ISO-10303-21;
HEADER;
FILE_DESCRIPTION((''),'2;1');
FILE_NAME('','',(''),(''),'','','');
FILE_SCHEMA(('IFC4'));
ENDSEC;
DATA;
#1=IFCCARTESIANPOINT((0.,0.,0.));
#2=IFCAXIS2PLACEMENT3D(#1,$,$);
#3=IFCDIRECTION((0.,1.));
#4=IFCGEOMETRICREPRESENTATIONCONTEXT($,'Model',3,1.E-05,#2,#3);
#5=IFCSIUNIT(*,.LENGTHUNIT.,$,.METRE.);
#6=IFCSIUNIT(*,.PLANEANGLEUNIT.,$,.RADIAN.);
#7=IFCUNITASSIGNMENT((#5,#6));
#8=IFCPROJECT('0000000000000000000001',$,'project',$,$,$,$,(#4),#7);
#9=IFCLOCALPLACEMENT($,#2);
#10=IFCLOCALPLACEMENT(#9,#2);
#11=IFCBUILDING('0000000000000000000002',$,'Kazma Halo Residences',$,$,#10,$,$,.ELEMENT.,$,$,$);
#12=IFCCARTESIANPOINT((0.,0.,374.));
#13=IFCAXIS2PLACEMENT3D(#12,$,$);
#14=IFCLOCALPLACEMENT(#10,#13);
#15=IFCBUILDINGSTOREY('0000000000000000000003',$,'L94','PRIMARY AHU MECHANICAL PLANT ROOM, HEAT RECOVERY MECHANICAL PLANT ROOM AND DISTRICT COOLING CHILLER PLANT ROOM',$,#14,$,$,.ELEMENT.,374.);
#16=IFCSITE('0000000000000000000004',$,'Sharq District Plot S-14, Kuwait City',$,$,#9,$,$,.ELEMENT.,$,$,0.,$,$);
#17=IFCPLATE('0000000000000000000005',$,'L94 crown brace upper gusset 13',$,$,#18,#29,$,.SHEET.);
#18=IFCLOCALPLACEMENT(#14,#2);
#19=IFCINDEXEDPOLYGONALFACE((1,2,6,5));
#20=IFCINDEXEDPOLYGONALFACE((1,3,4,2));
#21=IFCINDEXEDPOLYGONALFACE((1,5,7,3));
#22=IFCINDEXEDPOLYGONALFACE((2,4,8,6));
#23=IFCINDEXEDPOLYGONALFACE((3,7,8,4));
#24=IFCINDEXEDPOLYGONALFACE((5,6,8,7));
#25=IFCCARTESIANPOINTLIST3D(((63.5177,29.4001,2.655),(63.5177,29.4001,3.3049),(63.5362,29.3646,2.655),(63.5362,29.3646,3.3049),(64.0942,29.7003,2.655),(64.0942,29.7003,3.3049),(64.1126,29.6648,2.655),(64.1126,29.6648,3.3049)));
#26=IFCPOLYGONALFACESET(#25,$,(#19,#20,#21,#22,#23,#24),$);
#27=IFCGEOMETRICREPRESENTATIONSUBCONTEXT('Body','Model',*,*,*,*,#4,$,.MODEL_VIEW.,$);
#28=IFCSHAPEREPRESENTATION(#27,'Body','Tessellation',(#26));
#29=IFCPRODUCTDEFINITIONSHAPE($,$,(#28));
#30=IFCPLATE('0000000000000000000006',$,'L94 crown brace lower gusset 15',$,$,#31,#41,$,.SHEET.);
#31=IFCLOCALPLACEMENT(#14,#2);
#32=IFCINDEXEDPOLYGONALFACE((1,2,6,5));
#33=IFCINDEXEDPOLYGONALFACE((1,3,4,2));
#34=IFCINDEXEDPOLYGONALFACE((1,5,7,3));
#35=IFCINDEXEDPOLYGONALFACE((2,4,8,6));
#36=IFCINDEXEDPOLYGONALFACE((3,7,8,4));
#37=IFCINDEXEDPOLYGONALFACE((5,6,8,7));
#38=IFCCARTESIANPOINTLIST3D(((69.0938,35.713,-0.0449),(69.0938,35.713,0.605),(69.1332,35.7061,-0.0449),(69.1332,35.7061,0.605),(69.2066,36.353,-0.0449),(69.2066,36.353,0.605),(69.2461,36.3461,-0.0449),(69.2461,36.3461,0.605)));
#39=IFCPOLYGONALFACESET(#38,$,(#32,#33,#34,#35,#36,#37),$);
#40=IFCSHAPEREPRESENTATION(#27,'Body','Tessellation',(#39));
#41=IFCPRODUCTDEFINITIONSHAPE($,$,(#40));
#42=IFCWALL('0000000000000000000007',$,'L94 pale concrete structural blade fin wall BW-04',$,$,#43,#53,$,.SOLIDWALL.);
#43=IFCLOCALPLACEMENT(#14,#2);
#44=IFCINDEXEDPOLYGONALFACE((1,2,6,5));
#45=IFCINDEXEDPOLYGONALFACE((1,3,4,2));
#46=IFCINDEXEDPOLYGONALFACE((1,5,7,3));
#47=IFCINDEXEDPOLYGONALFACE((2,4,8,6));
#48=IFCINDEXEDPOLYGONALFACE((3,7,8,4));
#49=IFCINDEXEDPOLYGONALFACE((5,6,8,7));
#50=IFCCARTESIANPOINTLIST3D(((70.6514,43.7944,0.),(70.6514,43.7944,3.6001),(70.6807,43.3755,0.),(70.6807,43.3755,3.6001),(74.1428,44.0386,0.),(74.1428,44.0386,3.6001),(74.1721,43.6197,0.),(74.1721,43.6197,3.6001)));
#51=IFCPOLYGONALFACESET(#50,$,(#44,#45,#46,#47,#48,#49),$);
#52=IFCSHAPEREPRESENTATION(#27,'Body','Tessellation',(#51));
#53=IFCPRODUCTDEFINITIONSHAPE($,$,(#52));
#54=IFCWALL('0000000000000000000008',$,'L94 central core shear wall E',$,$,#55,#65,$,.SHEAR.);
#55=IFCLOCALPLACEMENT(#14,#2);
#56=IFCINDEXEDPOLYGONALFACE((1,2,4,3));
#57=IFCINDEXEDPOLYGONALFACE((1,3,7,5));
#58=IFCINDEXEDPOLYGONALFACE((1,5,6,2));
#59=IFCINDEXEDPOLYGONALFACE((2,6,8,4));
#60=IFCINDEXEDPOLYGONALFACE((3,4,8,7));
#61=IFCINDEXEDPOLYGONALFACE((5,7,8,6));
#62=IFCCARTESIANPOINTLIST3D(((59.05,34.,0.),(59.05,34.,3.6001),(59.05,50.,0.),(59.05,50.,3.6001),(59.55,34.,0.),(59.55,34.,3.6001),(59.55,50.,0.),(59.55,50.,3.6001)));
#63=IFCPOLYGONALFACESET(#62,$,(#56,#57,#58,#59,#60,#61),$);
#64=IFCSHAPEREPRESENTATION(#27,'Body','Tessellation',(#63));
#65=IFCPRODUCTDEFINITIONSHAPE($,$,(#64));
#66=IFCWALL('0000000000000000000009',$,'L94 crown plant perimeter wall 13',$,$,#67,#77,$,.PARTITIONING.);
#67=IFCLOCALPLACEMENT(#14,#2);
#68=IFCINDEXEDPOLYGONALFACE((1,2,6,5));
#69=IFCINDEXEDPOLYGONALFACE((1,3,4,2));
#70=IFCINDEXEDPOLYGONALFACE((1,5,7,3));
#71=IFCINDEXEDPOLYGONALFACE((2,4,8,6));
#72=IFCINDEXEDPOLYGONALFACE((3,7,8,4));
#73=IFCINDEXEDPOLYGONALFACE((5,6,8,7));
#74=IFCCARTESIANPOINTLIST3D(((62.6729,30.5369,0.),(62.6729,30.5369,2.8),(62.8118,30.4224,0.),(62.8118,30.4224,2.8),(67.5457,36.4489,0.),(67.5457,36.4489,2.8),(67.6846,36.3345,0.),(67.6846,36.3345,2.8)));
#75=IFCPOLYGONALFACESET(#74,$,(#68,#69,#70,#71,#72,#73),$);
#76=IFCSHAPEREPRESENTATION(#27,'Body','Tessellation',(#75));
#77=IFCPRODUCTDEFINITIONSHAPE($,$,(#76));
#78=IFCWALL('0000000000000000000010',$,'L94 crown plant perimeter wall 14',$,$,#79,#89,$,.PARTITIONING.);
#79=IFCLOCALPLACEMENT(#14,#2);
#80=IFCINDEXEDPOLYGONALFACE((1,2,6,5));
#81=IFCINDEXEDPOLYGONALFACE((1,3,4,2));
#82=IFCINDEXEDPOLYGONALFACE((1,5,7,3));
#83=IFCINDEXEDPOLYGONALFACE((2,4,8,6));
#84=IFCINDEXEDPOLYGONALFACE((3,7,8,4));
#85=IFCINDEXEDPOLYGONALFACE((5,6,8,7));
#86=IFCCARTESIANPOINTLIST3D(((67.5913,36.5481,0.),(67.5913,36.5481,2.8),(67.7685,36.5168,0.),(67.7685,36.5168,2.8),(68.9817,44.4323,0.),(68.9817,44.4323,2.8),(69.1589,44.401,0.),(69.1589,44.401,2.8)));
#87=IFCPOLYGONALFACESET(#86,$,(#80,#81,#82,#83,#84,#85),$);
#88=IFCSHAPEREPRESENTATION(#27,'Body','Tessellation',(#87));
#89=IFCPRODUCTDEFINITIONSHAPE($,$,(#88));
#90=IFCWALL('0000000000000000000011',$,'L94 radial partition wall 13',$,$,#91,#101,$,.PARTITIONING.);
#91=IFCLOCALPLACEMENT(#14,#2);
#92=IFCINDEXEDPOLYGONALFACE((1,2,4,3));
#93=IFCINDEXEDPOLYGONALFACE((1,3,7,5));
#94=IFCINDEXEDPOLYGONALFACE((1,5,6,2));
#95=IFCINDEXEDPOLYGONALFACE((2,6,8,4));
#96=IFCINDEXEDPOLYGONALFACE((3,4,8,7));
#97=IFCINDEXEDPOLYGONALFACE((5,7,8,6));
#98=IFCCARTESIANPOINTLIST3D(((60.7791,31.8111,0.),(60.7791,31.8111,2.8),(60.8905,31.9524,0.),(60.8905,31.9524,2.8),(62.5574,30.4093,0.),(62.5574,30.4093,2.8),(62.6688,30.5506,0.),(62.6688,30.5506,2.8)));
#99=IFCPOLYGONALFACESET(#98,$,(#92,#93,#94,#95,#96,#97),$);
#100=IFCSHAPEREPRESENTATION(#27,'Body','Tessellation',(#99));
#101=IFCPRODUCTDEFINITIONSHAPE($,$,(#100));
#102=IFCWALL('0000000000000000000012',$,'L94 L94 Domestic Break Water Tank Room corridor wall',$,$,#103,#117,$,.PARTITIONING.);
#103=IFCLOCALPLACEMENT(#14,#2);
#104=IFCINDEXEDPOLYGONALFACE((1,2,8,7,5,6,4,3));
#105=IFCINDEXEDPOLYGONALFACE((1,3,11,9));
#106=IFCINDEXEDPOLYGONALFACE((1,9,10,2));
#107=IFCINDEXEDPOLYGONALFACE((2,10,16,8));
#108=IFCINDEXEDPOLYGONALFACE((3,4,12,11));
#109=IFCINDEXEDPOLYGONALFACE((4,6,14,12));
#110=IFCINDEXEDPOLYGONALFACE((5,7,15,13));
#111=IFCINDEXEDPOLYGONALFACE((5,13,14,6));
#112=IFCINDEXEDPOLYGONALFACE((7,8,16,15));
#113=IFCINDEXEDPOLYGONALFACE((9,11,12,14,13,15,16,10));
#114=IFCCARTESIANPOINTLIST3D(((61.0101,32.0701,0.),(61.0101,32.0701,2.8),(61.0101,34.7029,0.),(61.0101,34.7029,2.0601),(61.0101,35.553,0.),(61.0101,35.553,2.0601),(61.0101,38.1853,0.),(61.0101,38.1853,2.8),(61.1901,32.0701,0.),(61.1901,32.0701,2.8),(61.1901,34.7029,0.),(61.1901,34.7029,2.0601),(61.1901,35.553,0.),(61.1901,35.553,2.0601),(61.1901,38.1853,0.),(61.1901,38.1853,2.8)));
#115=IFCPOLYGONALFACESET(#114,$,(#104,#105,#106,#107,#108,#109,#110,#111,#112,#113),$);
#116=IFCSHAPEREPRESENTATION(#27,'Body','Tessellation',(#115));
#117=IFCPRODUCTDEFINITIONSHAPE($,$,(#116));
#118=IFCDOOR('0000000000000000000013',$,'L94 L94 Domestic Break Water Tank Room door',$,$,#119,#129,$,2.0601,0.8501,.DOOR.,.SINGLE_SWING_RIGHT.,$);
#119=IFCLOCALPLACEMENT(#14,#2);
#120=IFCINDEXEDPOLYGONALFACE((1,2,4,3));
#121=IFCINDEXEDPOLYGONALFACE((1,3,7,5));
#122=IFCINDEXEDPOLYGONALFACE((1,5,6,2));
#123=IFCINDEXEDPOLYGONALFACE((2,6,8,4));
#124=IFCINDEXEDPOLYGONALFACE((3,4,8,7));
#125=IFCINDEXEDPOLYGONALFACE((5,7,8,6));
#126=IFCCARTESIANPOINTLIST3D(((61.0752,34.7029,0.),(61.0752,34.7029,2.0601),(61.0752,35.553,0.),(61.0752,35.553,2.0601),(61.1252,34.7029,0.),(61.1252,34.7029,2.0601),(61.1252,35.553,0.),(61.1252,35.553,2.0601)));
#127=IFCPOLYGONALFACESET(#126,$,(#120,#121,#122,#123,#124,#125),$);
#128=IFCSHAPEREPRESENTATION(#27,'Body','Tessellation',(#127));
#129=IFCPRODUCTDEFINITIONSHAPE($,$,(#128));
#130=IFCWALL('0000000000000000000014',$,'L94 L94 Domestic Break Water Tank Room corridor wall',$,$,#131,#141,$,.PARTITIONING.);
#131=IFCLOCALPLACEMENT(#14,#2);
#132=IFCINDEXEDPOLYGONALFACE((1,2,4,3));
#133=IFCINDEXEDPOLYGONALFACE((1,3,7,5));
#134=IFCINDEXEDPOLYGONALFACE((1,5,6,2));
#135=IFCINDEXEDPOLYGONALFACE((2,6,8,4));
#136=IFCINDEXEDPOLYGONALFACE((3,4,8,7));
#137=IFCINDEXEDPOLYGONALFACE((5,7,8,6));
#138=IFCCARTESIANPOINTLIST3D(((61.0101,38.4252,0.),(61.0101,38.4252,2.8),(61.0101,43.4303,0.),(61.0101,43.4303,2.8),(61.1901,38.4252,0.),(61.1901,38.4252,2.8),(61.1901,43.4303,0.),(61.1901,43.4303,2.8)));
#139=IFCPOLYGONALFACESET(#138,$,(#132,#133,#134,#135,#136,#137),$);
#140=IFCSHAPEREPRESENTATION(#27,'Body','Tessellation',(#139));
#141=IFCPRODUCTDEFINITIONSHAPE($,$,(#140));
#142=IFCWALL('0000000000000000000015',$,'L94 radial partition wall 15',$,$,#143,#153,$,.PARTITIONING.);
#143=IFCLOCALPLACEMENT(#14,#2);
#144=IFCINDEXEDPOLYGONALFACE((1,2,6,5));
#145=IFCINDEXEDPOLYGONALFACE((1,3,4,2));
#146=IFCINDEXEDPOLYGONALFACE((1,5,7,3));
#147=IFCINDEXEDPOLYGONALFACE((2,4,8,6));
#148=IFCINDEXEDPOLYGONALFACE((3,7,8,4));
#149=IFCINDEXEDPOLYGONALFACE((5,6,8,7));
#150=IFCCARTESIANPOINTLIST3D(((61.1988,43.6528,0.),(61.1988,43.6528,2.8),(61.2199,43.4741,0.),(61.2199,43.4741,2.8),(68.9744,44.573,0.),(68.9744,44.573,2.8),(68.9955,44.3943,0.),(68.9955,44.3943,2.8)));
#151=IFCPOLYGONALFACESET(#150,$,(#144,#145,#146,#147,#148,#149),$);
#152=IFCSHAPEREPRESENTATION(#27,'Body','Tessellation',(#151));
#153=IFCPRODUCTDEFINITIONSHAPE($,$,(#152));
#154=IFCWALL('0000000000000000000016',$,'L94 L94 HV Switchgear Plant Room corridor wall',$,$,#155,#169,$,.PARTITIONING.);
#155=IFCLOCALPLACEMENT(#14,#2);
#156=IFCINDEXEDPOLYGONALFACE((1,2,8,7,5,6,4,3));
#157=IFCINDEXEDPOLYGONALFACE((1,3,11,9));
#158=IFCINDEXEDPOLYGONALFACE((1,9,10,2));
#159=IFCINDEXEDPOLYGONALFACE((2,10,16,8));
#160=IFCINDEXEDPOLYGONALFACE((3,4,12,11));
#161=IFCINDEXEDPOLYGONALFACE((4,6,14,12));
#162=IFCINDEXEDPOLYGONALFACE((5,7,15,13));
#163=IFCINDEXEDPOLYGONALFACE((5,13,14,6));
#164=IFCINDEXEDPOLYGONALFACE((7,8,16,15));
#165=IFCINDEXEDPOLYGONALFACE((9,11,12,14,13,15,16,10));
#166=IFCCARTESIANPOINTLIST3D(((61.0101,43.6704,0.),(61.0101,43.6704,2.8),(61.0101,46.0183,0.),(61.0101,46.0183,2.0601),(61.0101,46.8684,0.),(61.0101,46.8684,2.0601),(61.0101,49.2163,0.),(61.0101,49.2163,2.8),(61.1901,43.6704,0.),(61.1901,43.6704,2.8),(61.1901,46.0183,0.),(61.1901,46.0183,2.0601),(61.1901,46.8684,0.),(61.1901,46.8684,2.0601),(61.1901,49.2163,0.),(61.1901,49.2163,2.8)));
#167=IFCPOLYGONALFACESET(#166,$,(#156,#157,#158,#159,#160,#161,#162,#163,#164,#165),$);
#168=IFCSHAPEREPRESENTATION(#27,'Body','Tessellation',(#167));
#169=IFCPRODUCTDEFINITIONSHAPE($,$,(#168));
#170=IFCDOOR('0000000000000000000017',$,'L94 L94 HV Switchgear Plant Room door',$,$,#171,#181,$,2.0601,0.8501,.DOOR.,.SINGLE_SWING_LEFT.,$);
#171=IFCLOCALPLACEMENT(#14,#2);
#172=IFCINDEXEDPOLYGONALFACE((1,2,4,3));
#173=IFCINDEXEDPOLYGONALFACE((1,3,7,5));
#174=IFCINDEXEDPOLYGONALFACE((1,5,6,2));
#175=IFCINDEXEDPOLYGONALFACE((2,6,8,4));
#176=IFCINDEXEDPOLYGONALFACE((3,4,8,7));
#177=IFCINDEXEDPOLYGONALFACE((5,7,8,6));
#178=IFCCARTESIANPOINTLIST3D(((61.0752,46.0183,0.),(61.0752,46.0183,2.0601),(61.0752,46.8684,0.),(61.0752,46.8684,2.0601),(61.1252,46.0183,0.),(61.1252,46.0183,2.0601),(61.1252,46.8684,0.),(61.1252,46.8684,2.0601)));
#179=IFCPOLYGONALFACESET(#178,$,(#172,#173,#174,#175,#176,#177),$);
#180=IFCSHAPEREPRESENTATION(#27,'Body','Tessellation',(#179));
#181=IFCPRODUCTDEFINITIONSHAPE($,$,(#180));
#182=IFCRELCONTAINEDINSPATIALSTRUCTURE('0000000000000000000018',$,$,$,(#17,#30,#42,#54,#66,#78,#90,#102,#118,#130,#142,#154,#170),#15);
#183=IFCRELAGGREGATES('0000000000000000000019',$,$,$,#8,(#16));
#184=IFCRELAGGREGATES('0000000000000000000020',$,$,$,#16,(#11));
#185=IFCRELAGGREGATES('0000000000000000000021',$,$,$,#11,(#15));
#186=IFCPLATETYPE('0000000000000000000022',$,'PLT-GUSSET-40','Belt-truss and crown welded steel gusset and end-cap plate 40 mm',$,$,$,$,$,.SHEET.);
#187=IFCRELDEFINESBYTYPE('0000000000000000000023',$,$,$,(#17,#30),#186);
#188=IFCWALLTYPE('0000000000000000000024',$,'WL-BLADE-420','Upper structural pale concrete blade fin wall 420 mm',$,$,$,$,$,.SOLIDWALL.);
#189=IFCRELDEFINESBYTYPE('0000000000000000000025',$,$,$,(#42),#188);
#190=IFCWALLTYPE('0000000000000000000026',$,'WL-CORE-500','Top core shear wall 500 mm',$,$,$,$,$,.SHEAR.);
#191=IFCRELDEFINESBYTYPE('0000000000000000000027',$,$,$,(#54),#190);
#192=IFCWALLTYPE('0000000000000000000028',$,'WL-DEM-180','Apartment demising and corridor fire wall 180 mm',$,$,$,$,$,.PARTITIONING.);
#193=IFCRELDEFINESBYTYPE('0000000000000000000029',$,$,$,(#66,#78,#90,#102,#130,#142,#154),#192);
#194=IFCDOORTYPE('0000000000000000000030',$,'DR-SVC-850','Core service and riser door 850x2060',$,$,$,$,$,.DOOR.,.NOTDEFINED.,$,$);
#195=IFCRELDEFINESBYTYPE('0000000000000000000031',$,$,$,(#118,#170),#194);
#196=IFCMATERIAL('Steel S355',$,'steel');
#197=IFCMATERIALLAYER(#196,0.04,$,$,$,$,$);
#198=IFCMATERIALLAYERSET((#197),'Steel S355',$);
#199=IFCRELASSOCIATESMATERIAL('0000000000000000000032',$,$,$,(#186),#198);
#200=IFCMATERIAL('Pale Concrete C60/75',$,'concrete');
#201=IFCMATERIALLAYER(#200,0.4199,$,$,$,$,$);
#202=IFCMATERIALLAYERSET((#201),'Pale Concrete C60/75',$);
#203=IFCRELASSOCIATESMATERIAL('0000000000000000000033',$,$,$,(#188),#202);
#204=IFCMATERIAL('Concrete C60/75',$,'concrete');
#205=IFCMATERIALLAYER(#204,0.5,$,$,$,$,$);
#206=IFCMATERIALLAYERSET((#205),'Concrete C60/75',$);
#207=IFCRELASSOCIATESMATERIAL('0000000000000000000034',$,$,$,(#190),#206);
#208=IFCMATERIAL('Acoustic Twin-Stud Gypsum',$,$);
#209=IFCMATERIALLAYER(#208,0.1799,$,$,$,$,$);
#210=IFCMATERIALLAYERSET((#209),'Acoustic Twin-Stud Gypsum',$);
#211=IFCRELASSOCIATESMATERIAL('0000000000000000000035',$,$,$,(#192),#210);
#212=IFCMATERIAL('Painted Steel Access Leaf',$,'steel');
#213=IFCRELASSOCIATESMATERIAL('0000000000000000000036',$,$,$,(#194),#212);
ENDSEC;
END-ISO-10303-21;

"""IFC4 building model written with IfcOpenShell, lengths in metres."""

from ifc_helpers import new_model, si_unit, direction, frame, frame_2d, origin, origin_2d, place, context, subcontext, project, spatial, rectangle, extrude, material, layer, layer_set, type_object, element, fill, save


model = new_model("IFC4")

# Units and contexts
model_context = context("Model", 3, precision=1e-05, world=origin(), true_north=direction((0.0, 1.0)))
body_context = subcontext(model_context, "Body", "Model", "MODEL_VIEW")
ifc_project = project(units=[si_unit("LENGTHUNIT", "METRE"), si_unit("PLANEANGLEUNIT", "RADIAN")], contexts=[model_context])

# Site, building, storey
site_placement = place(None, origin())
site = spatial("IfcSite", under=ifc_project, at=site_placement, Name="Sharq District Plot S-14, Kuwait City", CompositionType="ELEMENT", RefElevation=0.0)
building_placement = place(site_placement, origin())
building = spatial("IfcBuilding", under=site, at=building_placement, Name="Kazma Halo Residences", CompositionType="ELEMENT")
storey_placement = place(building_placement, frame((0.0, 0.0, 374.0)))
storey = spatial("IfcBuildingStorey", under=building, at=storey_placement, Name="L94", Description="PRIMARY AHU MECHANICAL PLANT ROOM, HEAT RECOVERY MECHANICAL PLANT ROOM AND DISTRICT COOLING CHILLER PLANT ROOM", CompositionType="ELEMENT", Elevation=374.0)

# Shared definitions
ifc_material_1 = material(Name="Steel S355", Category="steel")

# Plates
ifc_layer_1 = layer(ifc_material_1, 0.04)
ifc_layer_set_1 = layer_set([ifc_layer_1], Name="Steel S355")
plate_type_1 = type_object("IfcPlateType", Name="PLT-GUSSET-40", Description="Belt-truss and crown welded steel gusset and end-cap plate 40 mm", PredefinedType="SHEET", material=ifc_layer_set_1)
for number, where, z_axis, x_axis, name in (
    (1, (63.8152, 29.5325, 2.655), (0.0, 0.0, 1.0), (0.88695, 0.461866, 0.0), "L94 crown brace upper gusset 13"),
    (2, (69.1699, 36.0295, -0.0449), (0.0, 0.0, 1.0), (0.173656, 0.984806, 0.0), "L94 crown brace lower gusset 15"),
):
    element("IfcPlate", number, at=place(storey_placement, frame(where, z_axis=z_axis, x_axis=x_axis)), inside=storey, type_object=plate_type_1, Name=name, PredefinedType="SHEET", context=body_context, shape_type="SweptSolid", body=[
        extrude(rectangle(XDim=0.6499, YDim=0.04, at=origin_2d()), origin(), (0.0, 0.0, 1.0), 0.6499),
    ])

# Walls
ifc_material_2 = material(Name="Pale Concrete C60/75", Category="concrete")
ifc_layer_2 = layer(ifc_material_2, 0.4199)
ifc_layer_set_2 = layer_set([ifc_layer_2], Name="Pale Concrete C60/75")
wall_type_1 = type_object("IfcWallType", Name="WL-BLADE-420", Description="Upper structural pale concrete blade fin wall 420 mm", PredefinedType="SOLIDWALL", material=ifc_layer_set_2)
wall_1_placement = place(storey_placement, frame((70.666, 43.585, 0.0), z_axis=(0.0, 0.0, 1.0), x_axis=(0.997564, 0.069755, 0.0)))
element("IfcWall", 3, at=wall_1_placement, inside=storey, type_object=wall_type_1, Name="L94 pale concrete structural blade fin wall BW-04", PredefinedType="SOLIDWALL", context=body_context, shape_type="SweptSolid", body=[
    extrude(rectangle(XDim=3.5, YDim=0.4199, at=frame_2d((1.75, 0.0))), origin(), (0.0, 0.0, 1.0), 3.6001),
])
ifc_material_3 = material(Name="Concrete C60/75", Category="concrete")
ifc_layer_3 = layer(ifc_material_3, 0.5)
ifc_layer_set_3 = layer_set([ifc_layer_3], Name="Concrete C60/75")
wall_type_2 = type_object("IfcWallType", Name="WL-CORE-500", Description="Top core shear wall 500 mm", PredefinedType="SHEAR", material=ifc_layer_set_3)
wall_2_placement = place(storey_placement, frame((59.3, 34.0, 0.0), z_axis=(0.0, 0.0, 1.0), x_axis=(0.0, 1.0, 0.0)))
element("IfcWall", 4, at=wall_2_placement, inside=storey, type_object=wall_type_2, Name="L94 central core shear wall E", PredefinedType="SHEAR", context=body_context, shape_type="SweptSolid", body=[
    extrude(rectangle(XDim=16.0, YDim=0.5, at=frame_2d((8.0, 0.0))), origin(), (0.0, 0.0, 1.0), 3.6001),
])
ifc_material_4 = material(Name="Acoustic Twin-Stud Gypsum")
ifc_layer_4 = layer(ifc_material_4, 0.1799)
ifc_layer_set_4 = layer_set([ifc_layer_4], Name="Acoustic Twin-Stud Gypsum")
wall_type_3 = type_object("IfcWallType", Name="WL-DEM-180", Description="Apartment demising and corridor fire wall 180 mm", PredefinedType="PARTITIONING", material=ifc_layer_set_4)
wall_3_placement = place(storey_placement, frame((62.7424, 30.4797, 0.0), z_axis=(0.0, 0.0, 1.0), x_axis=(0.636019, 0.771674, 0.0)))
element("IfcWall", 5, at=wall_3_placement, inside=storey, type_object=wall_type_3, Name="L94 crown plant perimeter wall 13", PredefinedType="PARTITIONING", context=body_context, shape_type="SweptSolid", body=[
    extrude(rectangle(XDim=7.6614, YDim=0.1799, at=frame_2d((3.8306, 0.0))), origin(), (0.0, 0.0, 1.0), 2.8),
])
wall_4_placement = place(storey_placement, frame((67.6799, 36.5325, 0.0), z_axis=(0.0, 0.0, 1.0), x_axis=(0.173669, 0.984804, 0.0)))
element("IfcWall", 6, at=wall_4_placement, inside=storey, type_object=wall_type_3, Name="L94 crown plant perimeter wall 14", PredefinedType="PARTITIONING", context=body_context, shape_type="SweptSolid", body=[
    extrude(rectangle(XDim=8.0059, YDim=0.1799, at=frame_2d((4.0029, 0.0))), origin(), (0.0, 0.0, 1.0), 2.8),
])
wall_5_placement = place(storey_placement, frame((60.8347, 31.8818, 0.0), z_axis=(0.0, 0.0, 1.0), x_axis=(0.78533, -0.619078, 0.0)))
element("IfcWall", 7, at=wall_5_placement, inside=storey, type_object=wall_type_3, Name="L94 radial partition wall 13", PredefinedType="PARTITIONING", context=body_context, shape_type="SweptSolid", body=[
    extrude(rectangle(XDim=2.2644, YDim=0.1799, at=frame_2d((1.1323, 0.0))), origin(), (0.0, 0.0, 1.0), 2.8),
])

# Wall, opening, door
wall_6_placement = place(storey_placement, frame((61.1001, 32.0701, 0.0), z_axis=(0.0, 0.0, 1.0), x_axis=(0.0, 1.0, 0.0)))
wall_6 = element("IfcWall", 8, at=wall_6_placement, inside=storey, type_object=wall_type_3, Name="L94 L94 Domestic Break Water Tank Room corridor wall", PredefinedType="PARTITIONING", context=body_context, shape_type="SweptSolid", body=[
    extrude(rectangle(XDim=6.1152, YDim=0.1799, at=frame_2d((3.0576, 0.0))), origin(), (0.0, 0.0, 1.0), 2.8),
])
opening_1_placement = place(wall_6_placement, frame((2.6328, 0.0, 0.0)))
opening_1 = element("IfcOpeningElement", 9, at=opening_1_placement, cuts=wall_6, PredefinedType="OPENING", context=body_context, shape_type="SweptSolid", body=[
    extrude(rectangle(XDim=0.8501, YDim=2.0601, at=frame_2d((0.425, 1.03))), frame((0.0, 0.0999, 0.0), z_axis=(0.0, -1.0, 0.0), x_axis=(1.0, 0.0, 0.0)), (0.0, 0.0, 1.0), 0.2),
])
ifc_material_5 = material(Name="Painted Steel Access Leaf", Category="steel")
door_type = type_object("IfcDoorType", Name="DR-SVC-850", Description="Core service and riser door 850x2060", OperationType="NOTDEFINED", PredefinedType="DOOR", material=ifc_material_5)
door_1_placement = place(opening_1_placement, origin())
door_1 = element("IfcDoor", 10, at=door_1_placement, inside=storey, type_object=door_type, Name="L94 L94 Domestic Break Water Tank Room door", OperationType="SINGLE_SWING_RIGHT", OverallHeight=2.0601, OverallWidth=0.8501, PredefinedType="DOOR", context=body_context, shape_type="SweptSolid", body=[
    extrude(rectangle(XDim=0.8501, YDim=2.0601, at=frame_2d((0.425, 1.03))), frame((0.0, 0.0249, 0.0), z_axis=(0.0, -1.0, 0.0), x_axis=(1.0, 0.0, 0.0)), (0.0, 0.0, 1.0), 0.05),
])
fill(opening_1, door_1)

# Walls
wall_7_placement = place(storey_placement, frame((61.1001, 38.4253, 0.0), z_axis=(0.0, 0.0, 1.0), x_axis=(0.0, 1.0, 0.0)))
element("IfcWall", 11, at=wall_7_placement, inside=storey, type_object=wall_type_3, Name="L94 L94 Domestic Break Water Tank Room corridor wall", PredefinedType="PARTITIONING", context=body_context, shape_type="SweptSolid", body=[
    extrude(rectangle(XDim=5.0051, YDim=0.1799, at=frame_2d((2.5024, 0.0))), origin(), (0.0, 0.0, 1.0), 2.8),
])
wall_8_placement = place(storey_placement, frame((61.2092, 43.5635, 0.0), z_axis=(0.0, 0.0, 1.0), x_axis=(0.993071, 0.11752, 0.0)))
element("IfcWall", 12, at=wall_8_placement, inside=storey, type_object=wall_type_3, Name="L94 radial partition wall 15", PredefinedType="PARTITIONING", context=body_context, shape_type="SweptSolid", body=[
    extrude(rectangle(XDim=7.8298, YDim=0.1799, at=frame_2d((3.915, 0.0))), origin(), (0.0, 0.0, 1.0), 2.8),
])

# Wall, opening, door
wall_9_placement = place(storey_placement, frame((61.1001, 43.6704, 0.0), z_axis=(0.0, 0.0, 1.0), x_axis=(0.0, 1.0, 0.0)))
wall_9 = element("IfcWall", 13, at=wall_9_placement, inside=storey, type_object=wall_type_3, Name="L94 L94 HV Switchgear Plant Room corridor wall", PredefinedType="PARTITIONING", context=body_context, shape_type="SweptSolid", body=[
    extrude(rectangle(XDim=5.5459, YDim=0.1799, at=frame_2d((2.7729, 0.0))), origin(), (0.0, 0.0, 1.0), 2.8),
])
opening_2_placement = place(wall_9_placement, frame((2.3479, 0.0, 0.0)))
opening_2 = element("IfcOpeningElement", 14, at=opening_2_placement, cuts=wall_9, PredefinedType="OPENING", context=body_context, shape_type="SweptSolid", body=[
    extrude(rectangle(XDim=0.8501, YDim=2.0601, at=frame_2d((0.425, 1.03))), frame((0.0, 0.0999, 0.0), z_axis=(0.0, -1.0, 0.0), x_axis=(1.0, 0.0, 0.0)), (0.0, 0.0, 1.0), 0.2),
])
door_2_placement = place(opening_2_placement, origin())
door_2 = element("IfcDoor", 15, at=door_2_placement, inside=storey, type_object=door_type, Name="L94 L94 HV Switchgear Plant Room door", OperationType="SINGLE_SWING_LEFT", OverallHeight=2.0601, OverallWidth=0.8501, PredefinedType="DOOR", context=body_context, shape_type="SweptSolid", body=[
    extrude(rectangle(XDim=0.8501, YDim=2.0601, at=frame_2d((0.425, 1.03))), frame((0.0, 0.0249, 0.0), z_axis=(0.0, -1.0, 0.0), x_axis=(1.0, 0.0, 0.0)), (0.0, 0.0, 1.0), 0.05),
])
fill(opening_2, door_2)

save(model, "model.ifc")
